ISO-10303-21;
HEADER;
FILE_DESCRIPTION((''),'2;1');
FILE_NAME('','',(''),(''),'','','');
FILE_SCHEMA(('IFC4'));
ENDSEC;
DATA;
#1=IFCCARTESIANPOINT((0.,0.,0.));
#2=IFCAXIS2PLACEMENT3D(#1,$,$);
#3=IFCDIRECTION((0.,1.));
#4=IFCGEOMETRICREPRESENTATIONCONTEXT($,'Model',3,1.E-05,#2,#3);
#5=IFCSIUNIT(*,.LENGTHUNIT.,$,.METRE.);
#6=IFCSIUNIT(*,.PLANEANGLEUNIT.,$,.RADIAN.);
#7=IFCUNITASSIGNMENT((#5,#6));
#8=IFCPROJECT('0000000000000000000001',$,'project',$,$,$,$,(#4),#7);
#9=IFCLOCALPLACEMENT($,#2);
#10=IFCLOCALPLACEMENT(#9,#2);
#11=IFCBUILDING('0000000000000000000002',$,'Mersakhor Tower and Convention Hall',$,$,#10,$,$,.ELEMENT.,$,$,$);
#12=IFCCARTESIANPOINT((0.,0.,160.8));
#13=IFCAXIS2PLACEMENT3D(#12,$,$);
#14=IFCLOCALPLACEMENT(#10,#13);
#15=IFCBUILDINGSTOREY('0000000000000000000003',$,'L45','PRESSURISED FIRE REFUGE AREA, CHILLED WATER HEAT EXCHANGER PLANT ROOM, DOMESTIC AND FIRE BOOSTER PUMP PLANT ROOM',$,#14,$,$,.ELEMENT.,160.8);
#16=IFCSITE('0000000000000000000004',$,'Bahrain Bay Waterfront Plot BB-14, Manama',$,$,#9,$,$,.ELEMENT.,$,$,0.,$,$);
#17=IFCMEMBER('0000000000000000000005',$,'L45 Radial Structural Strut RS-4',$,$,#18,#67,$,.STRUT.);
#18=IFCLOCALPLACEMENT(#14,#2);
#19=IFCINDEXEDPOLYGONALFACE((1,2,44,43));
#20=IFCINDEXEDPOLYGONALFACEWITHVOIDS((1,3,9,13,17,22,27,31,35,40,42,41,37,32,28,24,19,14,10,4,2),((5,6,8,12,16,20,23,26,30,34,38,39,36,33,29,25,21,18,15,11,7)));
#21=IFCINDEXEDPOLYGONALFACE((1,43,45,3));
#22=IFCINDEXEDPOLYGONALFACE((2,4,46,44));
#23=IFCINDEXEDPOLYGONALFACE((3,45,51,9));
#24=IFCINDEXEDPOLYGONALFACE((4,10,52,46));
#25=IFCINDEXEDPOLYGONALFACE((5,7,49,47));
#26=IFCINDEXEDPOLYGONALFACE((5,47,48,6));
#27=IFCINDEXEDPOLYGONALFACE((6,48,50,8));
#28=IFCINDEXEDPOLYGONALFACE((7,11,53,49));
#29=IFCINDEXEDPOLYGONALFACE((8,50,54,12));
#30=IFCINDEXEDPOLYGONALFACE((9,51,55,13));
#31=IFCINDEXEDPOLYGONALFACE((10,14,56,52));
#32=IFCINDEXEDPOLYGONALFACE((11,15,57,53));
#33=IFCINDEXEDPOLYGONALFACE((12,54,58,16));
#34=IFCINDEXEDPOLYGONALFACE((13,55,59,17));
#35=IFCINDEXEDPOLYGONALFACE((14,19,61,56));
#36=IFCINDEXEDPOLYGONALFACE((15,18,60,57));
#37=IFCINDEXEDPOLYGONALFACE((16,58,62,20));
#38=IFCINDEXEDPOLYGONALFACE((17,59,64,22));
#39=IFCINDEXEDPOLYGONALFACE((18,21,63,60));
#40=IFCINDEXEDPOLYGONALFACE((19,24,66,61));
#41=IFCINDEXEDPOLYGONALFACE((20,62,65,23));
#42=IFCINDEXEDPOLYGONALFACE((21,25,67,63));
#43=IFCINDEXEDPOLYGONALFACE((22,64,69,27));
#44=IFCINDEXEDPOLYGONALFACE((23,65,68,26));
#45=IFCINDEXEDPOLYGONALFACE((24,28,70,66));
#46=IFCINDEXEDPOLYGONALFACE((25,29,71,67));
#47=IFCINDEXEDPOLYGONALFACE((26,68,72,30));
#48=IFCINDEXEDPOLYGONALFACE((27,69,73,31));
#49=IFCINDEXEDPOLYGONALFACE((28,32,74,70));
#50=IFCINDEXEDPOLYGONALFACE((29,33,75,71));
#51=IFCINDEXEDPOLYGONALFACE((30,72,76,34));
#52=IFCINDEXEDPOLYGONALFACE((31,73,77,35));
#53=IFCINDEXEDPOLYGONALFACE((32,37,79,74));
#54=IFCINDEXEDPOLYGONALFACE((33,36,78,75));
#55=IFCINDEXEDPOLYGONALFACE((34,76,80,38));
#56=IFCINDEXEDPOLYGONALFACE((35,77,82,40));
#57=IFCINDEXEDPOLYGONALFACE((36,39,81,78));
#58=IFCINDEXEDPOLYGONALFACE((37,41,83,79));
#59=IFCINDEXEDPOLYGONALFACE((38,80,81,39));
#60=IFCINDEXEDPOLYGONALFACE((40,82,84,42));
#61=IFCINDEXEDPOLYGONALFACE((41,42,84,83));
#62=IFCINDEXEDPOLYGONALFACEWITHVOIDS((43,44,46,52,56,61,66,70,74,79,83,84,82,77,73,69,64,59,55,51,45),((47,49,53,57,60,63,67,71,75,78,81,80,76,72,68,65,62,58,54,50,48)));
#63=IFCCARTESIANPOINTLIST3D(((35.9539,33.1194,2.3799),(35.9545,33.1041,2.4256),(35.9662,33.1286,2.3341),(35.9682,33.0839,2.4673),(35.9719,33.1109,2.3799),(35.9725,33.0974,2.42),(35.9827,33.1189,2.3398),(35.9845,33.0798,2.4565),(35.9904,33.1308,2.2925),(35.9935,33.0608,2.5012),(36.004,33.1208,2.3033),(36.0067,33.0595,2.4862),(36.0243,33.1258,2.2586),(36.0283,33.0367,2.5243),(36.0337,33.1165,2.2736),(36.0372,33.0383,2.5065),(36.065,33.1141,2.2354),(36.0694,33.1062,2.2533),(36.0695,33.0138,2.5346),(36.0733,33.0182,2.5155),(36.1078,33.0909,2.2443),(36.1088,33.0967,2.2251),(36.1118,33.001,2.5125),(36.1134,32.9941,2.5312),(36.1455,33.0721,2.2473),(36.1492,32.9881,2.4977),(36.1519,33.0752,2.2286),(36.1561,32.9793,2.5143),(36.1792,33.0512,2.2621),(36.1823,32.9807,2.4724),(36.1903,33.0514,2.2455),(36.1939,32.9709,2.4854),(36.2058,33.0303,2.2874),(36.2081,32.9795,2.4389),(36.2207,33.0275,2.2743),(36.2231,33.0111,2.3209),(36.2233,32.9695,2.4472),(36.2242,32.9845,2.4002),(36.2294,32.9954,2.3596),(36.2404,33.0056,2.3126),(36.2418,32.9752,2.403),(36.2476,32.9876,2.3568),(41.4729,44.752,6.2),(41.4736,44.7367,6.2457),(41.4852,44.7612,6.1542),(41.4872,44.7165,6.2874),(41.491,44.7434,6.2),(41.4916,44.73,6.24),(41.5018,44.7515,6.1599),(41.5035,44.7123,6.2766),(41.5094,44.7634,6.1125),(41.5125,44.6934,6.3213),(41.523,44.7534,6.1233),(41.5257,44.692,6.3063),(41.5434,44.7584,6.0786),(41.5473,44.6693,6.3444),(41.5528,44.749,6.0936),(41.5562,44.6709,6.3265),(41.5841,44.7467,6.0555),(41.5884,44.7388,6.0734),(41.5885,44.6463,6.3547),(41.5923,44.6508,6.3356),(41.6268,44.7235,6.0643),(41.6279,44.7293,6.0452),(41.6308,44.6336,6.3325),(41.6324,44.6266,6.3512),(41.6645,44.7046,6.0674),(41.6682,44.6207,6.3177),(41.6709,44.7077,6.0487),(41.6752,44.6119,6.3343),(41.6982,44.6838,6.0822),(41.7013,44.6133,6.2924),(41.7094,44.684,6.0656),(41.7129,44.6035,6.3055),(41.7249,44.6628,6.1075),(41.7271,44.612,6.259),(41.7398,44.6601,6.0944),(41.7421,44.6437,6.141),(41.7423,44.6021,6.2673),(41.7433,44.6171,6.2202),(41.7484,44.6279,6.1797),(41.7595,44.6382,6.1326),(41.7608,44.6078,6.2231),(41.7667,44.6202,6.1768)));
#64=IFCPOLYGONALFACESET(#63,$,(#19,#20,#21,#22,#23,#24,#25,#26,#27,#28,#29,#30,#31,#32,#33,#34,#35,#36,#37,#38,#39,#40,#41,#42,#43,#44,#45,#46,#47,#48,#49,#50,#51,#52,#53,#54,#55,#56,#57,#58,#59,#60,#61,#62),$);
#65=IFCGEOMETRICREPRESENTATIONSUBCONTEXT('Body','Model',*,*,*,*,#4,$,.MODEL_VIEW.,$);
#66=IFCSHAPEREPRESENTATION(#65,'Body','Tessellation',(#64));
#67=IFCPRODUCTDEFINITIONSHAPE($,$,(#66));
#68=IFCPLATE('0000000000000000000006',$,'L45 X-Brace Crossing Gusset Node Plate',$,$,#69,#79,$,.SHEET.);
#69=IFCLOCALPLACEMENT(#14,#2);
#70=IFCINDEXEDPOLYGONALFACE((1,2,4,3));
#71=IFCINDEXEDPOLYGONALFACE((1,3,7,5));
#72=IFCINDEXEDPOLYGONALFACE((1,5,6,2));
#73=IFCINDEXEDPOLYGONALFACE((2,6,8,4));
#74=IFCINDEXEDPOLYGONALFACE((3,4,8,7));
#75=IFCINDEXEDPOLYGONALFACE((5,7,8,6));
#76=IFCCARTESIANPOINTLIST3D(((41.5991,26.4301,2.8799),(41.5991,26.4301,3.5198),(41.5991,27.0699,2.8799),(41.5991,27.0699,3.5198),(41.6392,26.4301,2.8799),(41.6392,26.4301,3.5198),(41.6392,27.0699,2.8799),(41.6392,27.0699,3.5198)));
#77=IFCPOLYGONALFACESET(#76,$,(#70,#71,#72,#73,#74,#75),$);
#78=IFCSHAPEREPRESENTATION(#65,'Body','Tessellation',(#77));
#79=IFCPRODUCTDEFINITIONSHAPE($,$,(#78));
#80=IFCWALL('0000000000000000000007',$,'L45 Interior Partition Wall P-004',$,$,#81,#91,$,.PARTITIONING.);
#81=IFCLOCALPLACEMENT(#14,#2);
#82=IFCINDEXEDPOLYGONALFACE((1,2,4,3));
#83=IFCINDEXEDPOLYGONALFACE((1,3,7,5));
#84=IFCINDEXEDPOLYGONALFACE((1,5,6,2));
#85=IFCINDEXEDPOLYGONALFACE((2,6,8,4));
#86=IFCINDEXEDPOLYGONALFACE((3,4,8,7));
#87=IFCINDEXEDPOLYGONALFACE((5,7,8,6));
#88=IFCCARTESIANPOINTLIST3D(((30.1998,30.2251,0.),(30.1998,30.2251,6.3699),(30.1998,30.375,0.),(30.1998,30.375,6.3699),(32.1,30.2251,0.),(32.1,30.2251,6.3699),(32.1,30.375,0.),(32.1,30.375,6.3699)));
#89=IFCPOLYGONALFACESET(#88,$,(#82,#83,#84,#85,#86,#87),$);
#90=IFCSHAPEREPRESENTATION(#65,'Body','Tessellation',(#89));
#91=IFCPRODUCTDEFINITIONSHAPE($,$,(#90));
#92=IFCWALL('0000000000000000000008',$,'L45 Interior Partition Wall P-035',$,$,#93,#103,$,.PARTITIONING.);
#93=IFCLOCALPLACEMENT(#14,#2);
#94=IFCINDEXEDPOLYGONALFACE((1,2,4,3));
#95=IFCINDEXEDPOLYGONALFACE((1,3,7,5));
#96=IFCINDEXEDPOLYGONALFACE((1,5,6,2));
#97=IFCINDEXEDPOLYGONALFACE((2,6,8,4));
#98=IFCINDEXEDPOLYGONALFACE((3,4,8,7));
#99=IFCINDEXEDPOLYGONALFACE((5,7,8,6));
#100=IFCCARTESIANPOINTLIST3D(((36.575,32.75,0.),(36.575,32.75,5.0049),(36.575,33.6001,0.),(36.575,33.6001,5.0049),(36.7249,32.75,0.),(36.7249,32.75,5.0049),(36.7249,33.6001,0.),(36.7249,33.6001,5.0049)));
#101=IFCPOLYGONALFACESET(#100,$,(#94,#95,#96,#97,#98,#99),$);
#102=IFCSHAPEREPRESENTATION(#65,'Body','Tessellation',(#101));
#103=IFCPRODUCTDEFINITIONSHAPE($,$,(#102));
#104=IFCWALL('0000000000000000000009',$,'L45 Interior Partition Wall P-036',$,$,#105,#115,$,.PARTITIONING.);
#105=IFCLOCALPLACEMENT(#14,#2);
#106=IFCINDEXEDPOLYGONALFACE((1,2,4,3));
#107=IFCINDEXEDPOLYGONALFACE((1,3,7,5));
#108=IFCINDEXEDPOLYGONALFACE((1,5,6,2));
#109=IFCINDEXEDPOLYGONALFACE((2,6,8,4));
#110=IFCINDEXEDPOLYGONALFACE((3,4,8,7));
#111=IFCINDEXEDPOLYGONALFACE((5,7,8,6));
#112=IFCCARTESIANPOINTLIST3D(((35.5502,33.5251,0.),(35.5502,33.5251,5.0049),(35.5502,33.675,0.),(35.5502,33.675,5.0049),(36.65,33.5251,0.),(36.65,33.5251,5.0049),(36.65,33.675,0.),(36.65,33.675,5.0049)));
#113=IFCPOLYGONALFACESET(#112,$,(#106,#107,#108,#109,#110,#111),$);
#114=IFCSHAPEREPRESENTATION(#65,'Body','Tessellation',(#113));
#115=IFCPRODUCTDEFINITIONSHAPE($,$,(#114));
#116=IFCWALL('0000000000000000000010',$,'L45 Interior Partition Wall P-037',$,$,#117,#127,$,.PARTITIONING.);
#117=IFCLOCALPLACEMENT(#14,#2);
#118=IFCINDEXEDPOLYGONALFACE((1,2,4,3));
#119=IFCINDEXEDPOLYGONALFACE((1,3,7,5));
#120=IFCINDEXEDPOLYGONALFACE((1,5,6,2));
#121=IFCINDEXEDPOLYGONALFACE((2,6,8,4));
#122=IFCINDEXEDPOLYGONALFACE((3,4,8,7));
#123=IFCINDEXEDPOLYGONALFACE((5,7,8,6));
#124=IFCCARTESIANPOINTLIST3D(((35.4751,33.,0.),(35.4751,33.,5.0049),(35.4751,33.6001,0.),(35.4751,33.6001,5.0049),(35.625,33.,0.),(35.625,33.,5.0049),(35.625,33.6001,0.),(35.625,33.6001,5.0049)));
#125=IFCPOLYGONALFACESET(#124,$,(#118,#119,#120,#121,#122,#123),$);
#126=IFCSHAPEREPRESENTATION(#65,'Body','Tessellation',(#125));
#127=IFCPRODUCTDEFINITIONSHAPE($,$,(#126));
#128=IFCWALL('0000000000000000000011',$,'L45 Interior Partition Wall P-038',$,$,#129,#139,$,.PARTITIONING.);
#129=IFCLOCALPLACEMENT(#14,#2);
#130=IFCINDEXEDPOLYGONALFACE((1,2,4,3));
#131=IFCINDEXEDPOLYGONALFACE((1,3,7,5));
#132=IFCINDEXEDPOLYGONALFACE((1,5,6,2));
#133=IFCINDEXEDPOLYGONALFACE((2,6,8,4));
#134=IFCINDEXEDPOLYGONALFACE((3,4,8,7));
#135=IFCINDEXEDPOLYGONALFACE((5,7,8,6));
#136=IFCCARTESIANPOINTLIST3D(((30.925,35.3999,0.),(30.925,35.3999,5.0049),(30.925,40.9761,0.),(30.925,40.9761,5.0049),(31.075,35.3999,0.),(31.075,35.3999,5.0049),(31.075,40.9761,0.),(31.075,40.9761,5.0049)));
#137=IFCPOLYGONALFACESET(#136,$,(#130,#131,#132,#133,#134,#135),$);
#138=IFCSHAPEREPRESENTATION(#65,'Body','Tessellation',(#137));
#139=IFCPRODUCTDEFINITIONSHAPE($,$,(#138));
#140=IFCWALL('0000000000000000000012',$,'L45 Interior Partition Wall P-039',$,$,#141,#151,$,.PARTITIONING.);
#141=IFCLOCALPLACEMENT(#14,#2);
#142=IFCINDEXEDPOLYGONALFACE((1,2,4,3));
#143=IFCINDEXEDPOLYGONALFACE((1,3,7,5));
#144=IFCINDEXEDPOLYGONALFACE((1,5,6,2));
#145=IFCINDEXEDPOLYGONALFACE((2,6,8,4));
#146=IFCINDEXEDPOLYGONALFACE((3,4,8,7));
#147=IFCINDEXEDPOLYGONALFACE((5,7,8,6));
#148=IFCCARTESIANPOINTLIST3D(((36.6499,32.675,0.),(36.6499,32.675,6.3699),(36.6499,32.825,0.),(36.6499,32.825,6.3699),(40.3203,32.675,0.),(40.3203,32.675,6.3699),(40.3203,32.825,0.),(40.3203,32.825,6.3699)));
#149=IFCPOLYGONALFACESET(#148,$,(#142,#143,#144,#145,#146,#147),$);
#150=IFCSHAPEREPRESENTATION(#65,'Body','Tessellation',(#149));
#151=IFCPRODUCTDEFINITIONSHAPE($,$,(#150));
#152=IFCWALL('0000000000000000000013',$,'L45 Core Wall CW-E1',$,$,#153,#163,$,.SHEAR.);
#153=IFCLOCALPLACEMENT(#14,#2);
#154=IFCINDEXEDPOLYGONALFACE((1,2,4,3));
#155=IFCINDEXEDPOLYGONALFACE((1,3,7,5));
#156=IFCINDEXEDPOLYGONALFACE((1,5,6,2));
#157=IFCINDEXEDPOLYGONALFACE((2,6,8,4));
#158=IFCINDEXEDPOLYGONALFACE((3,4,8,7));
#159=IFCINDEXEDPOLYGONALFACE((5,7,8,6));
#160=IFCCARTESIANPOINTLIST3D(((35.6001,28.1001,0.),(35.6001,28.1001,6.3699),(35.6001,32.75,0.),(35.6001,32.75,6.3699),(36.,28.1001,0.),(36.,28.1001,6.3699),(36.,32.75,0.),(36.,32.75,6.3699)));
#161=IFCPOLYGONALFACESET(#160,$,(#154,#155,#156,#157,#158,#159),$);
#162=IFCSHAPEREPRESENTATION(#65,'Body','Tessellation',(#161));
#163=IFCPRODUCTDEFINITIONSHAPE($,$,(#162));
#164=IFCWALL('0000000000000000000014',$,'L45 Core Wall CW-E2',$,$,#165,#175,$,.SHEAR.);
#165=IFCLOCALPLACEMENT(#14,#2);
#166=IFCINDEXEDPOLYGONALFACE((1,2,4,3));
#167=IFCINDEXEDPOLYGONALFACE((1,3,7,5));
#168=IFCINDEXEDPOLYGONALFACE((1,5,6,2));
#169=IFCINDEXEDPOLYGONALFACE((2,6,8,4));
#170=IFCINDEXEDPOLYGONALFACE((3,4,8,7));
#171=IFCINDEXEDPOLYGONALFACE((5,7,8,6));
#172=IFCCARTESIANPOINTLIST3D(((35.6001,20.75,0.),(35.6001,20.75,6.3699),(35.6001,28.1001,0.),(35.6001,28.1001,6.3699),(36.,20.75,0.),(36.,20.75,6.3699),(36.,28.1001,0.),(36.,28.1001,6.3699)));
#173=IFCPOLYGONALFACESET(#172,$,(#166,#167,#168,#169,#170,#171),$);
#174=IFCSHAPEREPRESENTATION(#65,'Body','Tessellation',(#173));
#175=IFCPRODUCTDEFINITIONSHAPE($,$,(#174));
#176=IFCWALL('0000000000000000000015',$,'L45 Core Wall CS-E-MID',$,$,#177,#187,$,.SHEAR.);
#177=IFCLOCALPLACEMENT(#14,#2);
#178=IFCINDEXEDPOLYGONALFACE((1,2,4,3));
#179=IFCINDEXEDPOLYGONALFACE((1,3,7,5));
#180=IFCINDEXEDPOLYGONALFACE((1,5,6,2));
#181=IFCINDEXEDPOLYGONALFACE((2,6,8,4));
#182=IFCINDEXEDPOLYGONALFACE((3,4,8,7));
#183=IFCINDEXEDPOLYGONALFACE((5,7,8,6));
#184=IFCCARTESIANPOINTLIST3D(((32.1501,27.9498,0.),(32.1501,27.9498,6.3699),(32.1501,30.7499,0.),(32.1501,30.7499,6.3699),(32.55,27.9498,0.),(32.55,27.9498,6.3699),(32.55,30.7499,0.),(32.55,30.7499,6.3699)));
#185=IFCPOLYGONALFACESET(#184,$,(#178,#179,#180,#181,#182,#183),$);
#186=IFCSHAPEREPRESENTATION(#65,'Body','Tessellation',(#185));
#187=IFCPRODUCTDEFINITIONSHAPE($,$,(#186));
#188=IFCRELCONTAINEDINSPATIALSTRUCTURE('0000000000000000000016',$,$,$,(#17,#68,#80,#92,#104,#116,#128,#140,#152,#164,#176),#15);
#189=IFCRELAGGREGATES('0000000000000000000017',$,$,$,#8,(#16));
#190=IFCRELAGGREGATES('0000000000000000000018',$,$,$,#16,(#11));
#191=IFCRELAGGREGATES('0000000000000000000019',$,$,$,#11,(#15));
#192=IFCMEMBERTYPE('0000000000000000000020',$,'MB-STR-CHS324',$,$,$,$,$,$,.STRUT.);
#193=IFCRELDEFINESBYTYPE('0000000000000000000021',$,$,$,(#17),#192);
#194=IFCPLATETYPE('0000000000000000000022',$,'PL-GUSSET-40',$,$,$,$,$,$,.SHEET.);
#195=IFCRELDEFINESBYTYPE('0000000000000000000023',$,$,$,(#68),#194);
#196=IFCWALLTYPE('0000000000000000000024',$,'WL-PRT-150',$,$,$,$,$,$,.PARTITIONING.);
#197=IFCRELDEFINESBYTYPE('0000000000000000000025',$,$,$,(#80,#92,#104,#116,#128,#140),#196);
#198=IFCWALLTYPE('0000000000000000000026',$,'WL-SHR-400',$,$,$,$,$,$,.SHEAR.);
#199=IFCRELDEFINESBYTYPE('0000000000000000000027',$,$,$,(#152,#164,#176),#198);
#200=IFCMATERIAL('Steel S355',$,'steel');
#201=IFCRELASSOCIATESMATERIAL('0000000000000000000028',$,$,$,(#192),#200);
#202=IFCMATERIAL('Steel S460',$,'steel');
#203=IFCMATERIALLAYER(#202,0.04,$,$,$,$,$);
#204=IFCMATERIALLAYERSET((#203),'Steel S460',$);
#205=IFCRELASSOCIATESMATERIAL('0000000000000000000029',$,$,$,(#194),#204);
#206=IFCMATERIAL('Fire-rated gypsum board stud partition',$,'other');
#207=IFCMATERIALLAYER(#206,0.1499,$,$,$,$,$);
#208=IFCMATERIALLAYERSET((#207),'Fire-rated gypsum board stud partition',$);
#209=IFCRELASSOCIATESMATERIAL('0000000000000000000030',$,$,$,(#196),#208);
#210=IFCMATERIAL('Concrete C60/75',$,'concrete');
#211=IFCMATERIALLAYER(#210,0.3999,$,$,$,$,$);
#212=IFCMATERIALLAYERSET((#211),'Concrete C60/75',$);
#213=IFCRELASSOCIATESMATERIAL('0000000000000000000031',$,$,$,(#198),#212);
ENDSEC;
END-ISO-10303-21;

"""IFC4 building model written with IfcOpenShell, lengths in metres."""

from ifc_helpers import new_model, si_unit, direction, frame, frame_2d, origin, origin_2d, place, context, subcontext, project, spatial, rectangle, hollow_circle, extrude, material, layer, layer_set, material_profile, profile_set, type_object, element, save


model = new_model("IFC4")

# Units and contexts
model_context = context("Model", 3, precision=1e-05, world=origin(), true_north=direction((0.0, 1.0)))
body_context = subcontext(model_context, "Body", "Model", "MODEL_VIEW")
ifc_project = project(units=[si_unit("LENGTHUNIT", "METRE"), si_unit("PLANEANGLEUNIT", "RADIAN")], contexts=[model_context])

# Site, building, storey
site_placement = place(None, origin())
site = spatial("IfcSite", under=ifc_project, at=site_placement, Name="Bahrain Bay Waterfront Plot BB-14, Manama", CompositionType="ELEMENT", RefElevation=0.0)
building_placement = place(site_placement, origin())
building = spatial("IfcBuilding", under=site, at=building_placement, Name="Mersakhor Tower and Convention Hall", CompositionType="ELEMENT")
storey_placement = place(building_placement, frame((0.0, 0.0, 160.8)))
storey = spatial("IfcBuildingStorey", under=building, at=storey_placement, Name="L45", Description="PRESSURISED FIRE REFUGE AREA, CHILLED WATER HEAT EXCHANGER PLANT ROOM, DOMESTIC AND FIRE BOOSTER PUMP PLANT ROOM", CompositionType="ELEMENT", Elevation=160.8)

# Member
ifc_material_1 = material(Name="Steel S355", Category="steel")
ifc_material_profile_1 = material_profile(ifc_material_1, hollow_circle(Radius=0.1619, WallThickness=0.02, at=origin_2d()), Name="CHS 323.9x20")
ifc_profile_set_1 = profile_set([ifc_material_profile_1], Name="Steel S355")
member_type_1 = type_object("IfcMemberType", Name="MB-STR-CHS324", PredefinedType="STRUT", material=ifc_profile_set_1)
member_1_placement = place(storey_placement, frame((36.1001, 33.05, 2.3799), z_axis=(0.410944, 0.866152, 0.284439), x_axis=(-0.903471, 0.428649, 0.0)))
element("IfcMember", 1, at=member_1_placement, inside=storey, type_object=member_type_1, Name="L45 Radial Structural Strut RS-4", PredefinedType="STRUT", context=body_context, shape_type="SweptSolid", body=[
    extrude(hollow_circle(Radius=0.1619, WallThickness=0.02, at=origin_2d()), origin(), (0.0, 0.0, 1.0), 13.4302),
])

# Plate
ifc_material_2 = material(Name="Steel S460", Category="steel")
ifc_layer_1 = layer(ifc_material_2, 0.04)
ifc_layer_set_1 = layer_set([ifc_layer_1], Name="Steel S460")
plate_type = type_object("IfcPlateType", Name="PL-GUSSET-40", PredefinedType="SHEET", material=ifc_layer_set_1)
plate_placement = place(storey_placement, frame((41.6191, 26.75, 2.8799), z_axis=(0.0, 0.0, 1.0), x_axis=(0.0, 1.0, 0.0)))
element("IfcPlate", 2, at=plate_placement, inside=storey, type_object=plate_type, Name="L45 X-Brace Crossing Gusset Node Plate", PredefinedType="SHEET", context=body_context, shape_type="SweptSolid", body=[
    extrude(rectangle(XDim=0.6399, YDim=0.04, at=origin_2d()), origin(), (0.0, 0.0, 1.0), 0.6399),
])

# Walls
ifc_material_3 = material(Name="Fire-rated gypsum board stud partition", Category="other")
ifc_layer_2 = layer(ifc_material_3, 0.1499)
ifc_layer_set_2 = layer_set([ifc_layer_2], Name="Fire-rated gypsum board stud partition")
wall_type_1 = type_object("IfcWallType", Name="WL-PRT-150", PredefinedType="PARTITIONING", material=ifc_layer_set_2)
wall_1_placement = place(storey_placement, frame((32.1001, 30.3, 0.0), z_axis=(0.0, 0.0, 1.0), x_axis=(-1.0, 0.0, 0.0)))
element("IfcWall", 3, at=wall_1_placement, inside=storey, type_object=wall_type_1, Name="L45 Interior Partition Wall P-004", PredefinedType="PARTITIONING", context=body_context, shape_type="SweptSolid", body=[
    extrude(rectangle(XDim=1.9001, YDim=0.1499, at=frame_2d((0.9502, 0.0))), origin(), (0.0, 0.0, 1.0), 6.3699),
])
wall_2_placement = place(storey_placement, frame((36.6499, 32.75, 0.0), z_axis=(0.0, 0.0, 1.0), x_axis=(0.0, 1.0, 0.0)))
element("IfcWall", 4, at=wall_2_placement, inside=storey, type_object=wall_type_1, Name="L45 Interior Partition Wall P-035", PredefinedType="PARTITIONING", context=body_context, shape_type="SweptSolid", body=[
    extrude(rectangle(XDim=0.8501, YDim=0.1499, at=frame_2d((0.425, 0.0))), origin(), (0.0, 0.0, 1.0), 5.0049),
])
wall_3_placement = place(storey_placement, frame((36.6499, 33.6001, 0.0), z_axis=(0.0, 0.0, 1.0), x_axis=(-1.0, 0.0, 0.0)))
element("IfcWall", 5, at=wall_3_placement, inside=storey, type_object=wall_type_1, Name="L45 Interior Partition Wall P-036", PredefinedType="PARTITIONING", context=body_context, shape_type="SweptSolid", body=[
    extrude(rectangle(XDim=1.0999, YDim=0.1499, at=frame_2d((0.5498, 0.0))), origin(), (0.0, 0.0, 1.0), 5.0049),
])
wall_4_placement = place(storey_placement, frame((35.55, 33.6001, 0.0), z_axis=(0.0, 0.0, 1.0), x_axis=(0.0, -1.0, 0.0)))
element("IfcWall", 6, at=wall_4_placement, inside=storey, type_object=wall_type_1, Name="L45 Interior Partition Wall P-037", PredefinedType="PARTITIONING", context=body_context, shape_type="SweptSolid", body=[
    extrude(rectangle(XDim=0.6001, YDim=0.1499, at=frame_2d((0.3, 0.0))), origin(), (0.0, 0.0, 1.0), 5.0049),
])
wall_5_placement = place(storey_placement, frame((31.0, 35.3999, 0.0), z_axis=(0.0, 0.0, 1.0), x_axis=(0.0, 1.0, 0.0)))
element("IfcWall", 7, at=wall_5_placement, inside=storey, type_object=wall_type_1, Name="L45 Interior Partition Wall P-038", PredefinedType="PARTITIONING", context=body_context, shape_type="SweptSolid", body=[
    extrude(rectangle(XDim=5.5762, YDim=0.1499, at=frame_2d((2.7881, 0.0))), origin(), (0.0, 0.0, 1.0), 5.0049),
])
wall_6_placement = place(storey_placement, frame((40.3203, 32.75, 0.0), z_axis=(0.0, 0.0, 1.0), x_axis=(-1.0, 0.0, 0.0)))
element("IfcWall", 8, at=wall_6_placement, inside=storey, type_object=wall_type_1, Name="L45 Interior Partition Wall P-039", PredefinedType="PARTITIONING", context=body_context, shape_type="SweptSolid", body=[
    extrude(rectangle(XDim=3.6704, YDim=0.1499, at=frame_2d((1.8352, 0.0))), origin(), (0.0, 0.0, 1.0), 6.3699),
])

# Shared definitions
ifc_material_4 = material(Name="Concrete C60/75", Category="concrete")
ifc_layer_3 = layer(ifc_material_4, 0.3999)
ifc_layer_set_3 = layer_set([ifc_layer_3], Name="Concrete C60/75")
wall_type_2 = type_object("IfcWallType", Name="WL-SHR-400", PredefinedType="SHEAR", material=ifc_layer_set_3)

# Walls
wall_7_placement = place(storey_placement, frame((35.8, 32.75, 0.0), z_axis=(0.0, 0.0, 1.0), x_axis=(0.0, -1.0, 0.0)))
element("IfcWall", 9, at=wall_7_placement, inside=storey, type_object=wall_type_2, Name="L45 Core Wall CW-E1", PredefinedType="SHEAR", context=body_context, shape_type="SweptSolid", body=[
    extrude(rectangle(XDim=4.6499, YDim=0.3999, at=frame_2d((2.325, 0.0))), origin(), (0.0, 0.0, 1.0), 6.3699),
])
wall_8_placement = place(storey_placement, frame((35.8, 28.1001, 0.0), z_axis=(0.0, 0.0, 1.0), x_axis=(0.0, -1.0, 0.0)))
element("IfcWall", 10, at=wall_8_placement, inside=storey, type_object=wall_type_2, Name="L45 Core Wall CW-E2", PredefinedType="SHEAR", context=body_context, shape_type="SweptSolid", body=[
    extrude(rectangle(XDim=7.3501, YDim=0.3999, at=frame_2d((3.675, 0.0))), origin(), (0.0, 0.0, 1.0), 6.3699),
])
wall_9_placement = place(storey_placement, frame((32.3501, 27.95, 0.0), z_axis=(0.0, 0.0, 1.0), x_axis=(0.0, 1.0, 0.0)))
element("IfcWall", 11, at=wall_9_placement, inside=storey, type_object=wall_type_2, Name="L45 Core Wall CS-E-MID", PredefinedType="SHEAR", context=body_context, shape_type="SweptSolid", body=[
    extrude(rectangle(XDim=2.8, YDim=0.3999, at=frame_2d((1.3999, 0.0))), origin(), (0.0, 0.0, 1.0), 6.3699),
])

save(model, "model.ifc")
